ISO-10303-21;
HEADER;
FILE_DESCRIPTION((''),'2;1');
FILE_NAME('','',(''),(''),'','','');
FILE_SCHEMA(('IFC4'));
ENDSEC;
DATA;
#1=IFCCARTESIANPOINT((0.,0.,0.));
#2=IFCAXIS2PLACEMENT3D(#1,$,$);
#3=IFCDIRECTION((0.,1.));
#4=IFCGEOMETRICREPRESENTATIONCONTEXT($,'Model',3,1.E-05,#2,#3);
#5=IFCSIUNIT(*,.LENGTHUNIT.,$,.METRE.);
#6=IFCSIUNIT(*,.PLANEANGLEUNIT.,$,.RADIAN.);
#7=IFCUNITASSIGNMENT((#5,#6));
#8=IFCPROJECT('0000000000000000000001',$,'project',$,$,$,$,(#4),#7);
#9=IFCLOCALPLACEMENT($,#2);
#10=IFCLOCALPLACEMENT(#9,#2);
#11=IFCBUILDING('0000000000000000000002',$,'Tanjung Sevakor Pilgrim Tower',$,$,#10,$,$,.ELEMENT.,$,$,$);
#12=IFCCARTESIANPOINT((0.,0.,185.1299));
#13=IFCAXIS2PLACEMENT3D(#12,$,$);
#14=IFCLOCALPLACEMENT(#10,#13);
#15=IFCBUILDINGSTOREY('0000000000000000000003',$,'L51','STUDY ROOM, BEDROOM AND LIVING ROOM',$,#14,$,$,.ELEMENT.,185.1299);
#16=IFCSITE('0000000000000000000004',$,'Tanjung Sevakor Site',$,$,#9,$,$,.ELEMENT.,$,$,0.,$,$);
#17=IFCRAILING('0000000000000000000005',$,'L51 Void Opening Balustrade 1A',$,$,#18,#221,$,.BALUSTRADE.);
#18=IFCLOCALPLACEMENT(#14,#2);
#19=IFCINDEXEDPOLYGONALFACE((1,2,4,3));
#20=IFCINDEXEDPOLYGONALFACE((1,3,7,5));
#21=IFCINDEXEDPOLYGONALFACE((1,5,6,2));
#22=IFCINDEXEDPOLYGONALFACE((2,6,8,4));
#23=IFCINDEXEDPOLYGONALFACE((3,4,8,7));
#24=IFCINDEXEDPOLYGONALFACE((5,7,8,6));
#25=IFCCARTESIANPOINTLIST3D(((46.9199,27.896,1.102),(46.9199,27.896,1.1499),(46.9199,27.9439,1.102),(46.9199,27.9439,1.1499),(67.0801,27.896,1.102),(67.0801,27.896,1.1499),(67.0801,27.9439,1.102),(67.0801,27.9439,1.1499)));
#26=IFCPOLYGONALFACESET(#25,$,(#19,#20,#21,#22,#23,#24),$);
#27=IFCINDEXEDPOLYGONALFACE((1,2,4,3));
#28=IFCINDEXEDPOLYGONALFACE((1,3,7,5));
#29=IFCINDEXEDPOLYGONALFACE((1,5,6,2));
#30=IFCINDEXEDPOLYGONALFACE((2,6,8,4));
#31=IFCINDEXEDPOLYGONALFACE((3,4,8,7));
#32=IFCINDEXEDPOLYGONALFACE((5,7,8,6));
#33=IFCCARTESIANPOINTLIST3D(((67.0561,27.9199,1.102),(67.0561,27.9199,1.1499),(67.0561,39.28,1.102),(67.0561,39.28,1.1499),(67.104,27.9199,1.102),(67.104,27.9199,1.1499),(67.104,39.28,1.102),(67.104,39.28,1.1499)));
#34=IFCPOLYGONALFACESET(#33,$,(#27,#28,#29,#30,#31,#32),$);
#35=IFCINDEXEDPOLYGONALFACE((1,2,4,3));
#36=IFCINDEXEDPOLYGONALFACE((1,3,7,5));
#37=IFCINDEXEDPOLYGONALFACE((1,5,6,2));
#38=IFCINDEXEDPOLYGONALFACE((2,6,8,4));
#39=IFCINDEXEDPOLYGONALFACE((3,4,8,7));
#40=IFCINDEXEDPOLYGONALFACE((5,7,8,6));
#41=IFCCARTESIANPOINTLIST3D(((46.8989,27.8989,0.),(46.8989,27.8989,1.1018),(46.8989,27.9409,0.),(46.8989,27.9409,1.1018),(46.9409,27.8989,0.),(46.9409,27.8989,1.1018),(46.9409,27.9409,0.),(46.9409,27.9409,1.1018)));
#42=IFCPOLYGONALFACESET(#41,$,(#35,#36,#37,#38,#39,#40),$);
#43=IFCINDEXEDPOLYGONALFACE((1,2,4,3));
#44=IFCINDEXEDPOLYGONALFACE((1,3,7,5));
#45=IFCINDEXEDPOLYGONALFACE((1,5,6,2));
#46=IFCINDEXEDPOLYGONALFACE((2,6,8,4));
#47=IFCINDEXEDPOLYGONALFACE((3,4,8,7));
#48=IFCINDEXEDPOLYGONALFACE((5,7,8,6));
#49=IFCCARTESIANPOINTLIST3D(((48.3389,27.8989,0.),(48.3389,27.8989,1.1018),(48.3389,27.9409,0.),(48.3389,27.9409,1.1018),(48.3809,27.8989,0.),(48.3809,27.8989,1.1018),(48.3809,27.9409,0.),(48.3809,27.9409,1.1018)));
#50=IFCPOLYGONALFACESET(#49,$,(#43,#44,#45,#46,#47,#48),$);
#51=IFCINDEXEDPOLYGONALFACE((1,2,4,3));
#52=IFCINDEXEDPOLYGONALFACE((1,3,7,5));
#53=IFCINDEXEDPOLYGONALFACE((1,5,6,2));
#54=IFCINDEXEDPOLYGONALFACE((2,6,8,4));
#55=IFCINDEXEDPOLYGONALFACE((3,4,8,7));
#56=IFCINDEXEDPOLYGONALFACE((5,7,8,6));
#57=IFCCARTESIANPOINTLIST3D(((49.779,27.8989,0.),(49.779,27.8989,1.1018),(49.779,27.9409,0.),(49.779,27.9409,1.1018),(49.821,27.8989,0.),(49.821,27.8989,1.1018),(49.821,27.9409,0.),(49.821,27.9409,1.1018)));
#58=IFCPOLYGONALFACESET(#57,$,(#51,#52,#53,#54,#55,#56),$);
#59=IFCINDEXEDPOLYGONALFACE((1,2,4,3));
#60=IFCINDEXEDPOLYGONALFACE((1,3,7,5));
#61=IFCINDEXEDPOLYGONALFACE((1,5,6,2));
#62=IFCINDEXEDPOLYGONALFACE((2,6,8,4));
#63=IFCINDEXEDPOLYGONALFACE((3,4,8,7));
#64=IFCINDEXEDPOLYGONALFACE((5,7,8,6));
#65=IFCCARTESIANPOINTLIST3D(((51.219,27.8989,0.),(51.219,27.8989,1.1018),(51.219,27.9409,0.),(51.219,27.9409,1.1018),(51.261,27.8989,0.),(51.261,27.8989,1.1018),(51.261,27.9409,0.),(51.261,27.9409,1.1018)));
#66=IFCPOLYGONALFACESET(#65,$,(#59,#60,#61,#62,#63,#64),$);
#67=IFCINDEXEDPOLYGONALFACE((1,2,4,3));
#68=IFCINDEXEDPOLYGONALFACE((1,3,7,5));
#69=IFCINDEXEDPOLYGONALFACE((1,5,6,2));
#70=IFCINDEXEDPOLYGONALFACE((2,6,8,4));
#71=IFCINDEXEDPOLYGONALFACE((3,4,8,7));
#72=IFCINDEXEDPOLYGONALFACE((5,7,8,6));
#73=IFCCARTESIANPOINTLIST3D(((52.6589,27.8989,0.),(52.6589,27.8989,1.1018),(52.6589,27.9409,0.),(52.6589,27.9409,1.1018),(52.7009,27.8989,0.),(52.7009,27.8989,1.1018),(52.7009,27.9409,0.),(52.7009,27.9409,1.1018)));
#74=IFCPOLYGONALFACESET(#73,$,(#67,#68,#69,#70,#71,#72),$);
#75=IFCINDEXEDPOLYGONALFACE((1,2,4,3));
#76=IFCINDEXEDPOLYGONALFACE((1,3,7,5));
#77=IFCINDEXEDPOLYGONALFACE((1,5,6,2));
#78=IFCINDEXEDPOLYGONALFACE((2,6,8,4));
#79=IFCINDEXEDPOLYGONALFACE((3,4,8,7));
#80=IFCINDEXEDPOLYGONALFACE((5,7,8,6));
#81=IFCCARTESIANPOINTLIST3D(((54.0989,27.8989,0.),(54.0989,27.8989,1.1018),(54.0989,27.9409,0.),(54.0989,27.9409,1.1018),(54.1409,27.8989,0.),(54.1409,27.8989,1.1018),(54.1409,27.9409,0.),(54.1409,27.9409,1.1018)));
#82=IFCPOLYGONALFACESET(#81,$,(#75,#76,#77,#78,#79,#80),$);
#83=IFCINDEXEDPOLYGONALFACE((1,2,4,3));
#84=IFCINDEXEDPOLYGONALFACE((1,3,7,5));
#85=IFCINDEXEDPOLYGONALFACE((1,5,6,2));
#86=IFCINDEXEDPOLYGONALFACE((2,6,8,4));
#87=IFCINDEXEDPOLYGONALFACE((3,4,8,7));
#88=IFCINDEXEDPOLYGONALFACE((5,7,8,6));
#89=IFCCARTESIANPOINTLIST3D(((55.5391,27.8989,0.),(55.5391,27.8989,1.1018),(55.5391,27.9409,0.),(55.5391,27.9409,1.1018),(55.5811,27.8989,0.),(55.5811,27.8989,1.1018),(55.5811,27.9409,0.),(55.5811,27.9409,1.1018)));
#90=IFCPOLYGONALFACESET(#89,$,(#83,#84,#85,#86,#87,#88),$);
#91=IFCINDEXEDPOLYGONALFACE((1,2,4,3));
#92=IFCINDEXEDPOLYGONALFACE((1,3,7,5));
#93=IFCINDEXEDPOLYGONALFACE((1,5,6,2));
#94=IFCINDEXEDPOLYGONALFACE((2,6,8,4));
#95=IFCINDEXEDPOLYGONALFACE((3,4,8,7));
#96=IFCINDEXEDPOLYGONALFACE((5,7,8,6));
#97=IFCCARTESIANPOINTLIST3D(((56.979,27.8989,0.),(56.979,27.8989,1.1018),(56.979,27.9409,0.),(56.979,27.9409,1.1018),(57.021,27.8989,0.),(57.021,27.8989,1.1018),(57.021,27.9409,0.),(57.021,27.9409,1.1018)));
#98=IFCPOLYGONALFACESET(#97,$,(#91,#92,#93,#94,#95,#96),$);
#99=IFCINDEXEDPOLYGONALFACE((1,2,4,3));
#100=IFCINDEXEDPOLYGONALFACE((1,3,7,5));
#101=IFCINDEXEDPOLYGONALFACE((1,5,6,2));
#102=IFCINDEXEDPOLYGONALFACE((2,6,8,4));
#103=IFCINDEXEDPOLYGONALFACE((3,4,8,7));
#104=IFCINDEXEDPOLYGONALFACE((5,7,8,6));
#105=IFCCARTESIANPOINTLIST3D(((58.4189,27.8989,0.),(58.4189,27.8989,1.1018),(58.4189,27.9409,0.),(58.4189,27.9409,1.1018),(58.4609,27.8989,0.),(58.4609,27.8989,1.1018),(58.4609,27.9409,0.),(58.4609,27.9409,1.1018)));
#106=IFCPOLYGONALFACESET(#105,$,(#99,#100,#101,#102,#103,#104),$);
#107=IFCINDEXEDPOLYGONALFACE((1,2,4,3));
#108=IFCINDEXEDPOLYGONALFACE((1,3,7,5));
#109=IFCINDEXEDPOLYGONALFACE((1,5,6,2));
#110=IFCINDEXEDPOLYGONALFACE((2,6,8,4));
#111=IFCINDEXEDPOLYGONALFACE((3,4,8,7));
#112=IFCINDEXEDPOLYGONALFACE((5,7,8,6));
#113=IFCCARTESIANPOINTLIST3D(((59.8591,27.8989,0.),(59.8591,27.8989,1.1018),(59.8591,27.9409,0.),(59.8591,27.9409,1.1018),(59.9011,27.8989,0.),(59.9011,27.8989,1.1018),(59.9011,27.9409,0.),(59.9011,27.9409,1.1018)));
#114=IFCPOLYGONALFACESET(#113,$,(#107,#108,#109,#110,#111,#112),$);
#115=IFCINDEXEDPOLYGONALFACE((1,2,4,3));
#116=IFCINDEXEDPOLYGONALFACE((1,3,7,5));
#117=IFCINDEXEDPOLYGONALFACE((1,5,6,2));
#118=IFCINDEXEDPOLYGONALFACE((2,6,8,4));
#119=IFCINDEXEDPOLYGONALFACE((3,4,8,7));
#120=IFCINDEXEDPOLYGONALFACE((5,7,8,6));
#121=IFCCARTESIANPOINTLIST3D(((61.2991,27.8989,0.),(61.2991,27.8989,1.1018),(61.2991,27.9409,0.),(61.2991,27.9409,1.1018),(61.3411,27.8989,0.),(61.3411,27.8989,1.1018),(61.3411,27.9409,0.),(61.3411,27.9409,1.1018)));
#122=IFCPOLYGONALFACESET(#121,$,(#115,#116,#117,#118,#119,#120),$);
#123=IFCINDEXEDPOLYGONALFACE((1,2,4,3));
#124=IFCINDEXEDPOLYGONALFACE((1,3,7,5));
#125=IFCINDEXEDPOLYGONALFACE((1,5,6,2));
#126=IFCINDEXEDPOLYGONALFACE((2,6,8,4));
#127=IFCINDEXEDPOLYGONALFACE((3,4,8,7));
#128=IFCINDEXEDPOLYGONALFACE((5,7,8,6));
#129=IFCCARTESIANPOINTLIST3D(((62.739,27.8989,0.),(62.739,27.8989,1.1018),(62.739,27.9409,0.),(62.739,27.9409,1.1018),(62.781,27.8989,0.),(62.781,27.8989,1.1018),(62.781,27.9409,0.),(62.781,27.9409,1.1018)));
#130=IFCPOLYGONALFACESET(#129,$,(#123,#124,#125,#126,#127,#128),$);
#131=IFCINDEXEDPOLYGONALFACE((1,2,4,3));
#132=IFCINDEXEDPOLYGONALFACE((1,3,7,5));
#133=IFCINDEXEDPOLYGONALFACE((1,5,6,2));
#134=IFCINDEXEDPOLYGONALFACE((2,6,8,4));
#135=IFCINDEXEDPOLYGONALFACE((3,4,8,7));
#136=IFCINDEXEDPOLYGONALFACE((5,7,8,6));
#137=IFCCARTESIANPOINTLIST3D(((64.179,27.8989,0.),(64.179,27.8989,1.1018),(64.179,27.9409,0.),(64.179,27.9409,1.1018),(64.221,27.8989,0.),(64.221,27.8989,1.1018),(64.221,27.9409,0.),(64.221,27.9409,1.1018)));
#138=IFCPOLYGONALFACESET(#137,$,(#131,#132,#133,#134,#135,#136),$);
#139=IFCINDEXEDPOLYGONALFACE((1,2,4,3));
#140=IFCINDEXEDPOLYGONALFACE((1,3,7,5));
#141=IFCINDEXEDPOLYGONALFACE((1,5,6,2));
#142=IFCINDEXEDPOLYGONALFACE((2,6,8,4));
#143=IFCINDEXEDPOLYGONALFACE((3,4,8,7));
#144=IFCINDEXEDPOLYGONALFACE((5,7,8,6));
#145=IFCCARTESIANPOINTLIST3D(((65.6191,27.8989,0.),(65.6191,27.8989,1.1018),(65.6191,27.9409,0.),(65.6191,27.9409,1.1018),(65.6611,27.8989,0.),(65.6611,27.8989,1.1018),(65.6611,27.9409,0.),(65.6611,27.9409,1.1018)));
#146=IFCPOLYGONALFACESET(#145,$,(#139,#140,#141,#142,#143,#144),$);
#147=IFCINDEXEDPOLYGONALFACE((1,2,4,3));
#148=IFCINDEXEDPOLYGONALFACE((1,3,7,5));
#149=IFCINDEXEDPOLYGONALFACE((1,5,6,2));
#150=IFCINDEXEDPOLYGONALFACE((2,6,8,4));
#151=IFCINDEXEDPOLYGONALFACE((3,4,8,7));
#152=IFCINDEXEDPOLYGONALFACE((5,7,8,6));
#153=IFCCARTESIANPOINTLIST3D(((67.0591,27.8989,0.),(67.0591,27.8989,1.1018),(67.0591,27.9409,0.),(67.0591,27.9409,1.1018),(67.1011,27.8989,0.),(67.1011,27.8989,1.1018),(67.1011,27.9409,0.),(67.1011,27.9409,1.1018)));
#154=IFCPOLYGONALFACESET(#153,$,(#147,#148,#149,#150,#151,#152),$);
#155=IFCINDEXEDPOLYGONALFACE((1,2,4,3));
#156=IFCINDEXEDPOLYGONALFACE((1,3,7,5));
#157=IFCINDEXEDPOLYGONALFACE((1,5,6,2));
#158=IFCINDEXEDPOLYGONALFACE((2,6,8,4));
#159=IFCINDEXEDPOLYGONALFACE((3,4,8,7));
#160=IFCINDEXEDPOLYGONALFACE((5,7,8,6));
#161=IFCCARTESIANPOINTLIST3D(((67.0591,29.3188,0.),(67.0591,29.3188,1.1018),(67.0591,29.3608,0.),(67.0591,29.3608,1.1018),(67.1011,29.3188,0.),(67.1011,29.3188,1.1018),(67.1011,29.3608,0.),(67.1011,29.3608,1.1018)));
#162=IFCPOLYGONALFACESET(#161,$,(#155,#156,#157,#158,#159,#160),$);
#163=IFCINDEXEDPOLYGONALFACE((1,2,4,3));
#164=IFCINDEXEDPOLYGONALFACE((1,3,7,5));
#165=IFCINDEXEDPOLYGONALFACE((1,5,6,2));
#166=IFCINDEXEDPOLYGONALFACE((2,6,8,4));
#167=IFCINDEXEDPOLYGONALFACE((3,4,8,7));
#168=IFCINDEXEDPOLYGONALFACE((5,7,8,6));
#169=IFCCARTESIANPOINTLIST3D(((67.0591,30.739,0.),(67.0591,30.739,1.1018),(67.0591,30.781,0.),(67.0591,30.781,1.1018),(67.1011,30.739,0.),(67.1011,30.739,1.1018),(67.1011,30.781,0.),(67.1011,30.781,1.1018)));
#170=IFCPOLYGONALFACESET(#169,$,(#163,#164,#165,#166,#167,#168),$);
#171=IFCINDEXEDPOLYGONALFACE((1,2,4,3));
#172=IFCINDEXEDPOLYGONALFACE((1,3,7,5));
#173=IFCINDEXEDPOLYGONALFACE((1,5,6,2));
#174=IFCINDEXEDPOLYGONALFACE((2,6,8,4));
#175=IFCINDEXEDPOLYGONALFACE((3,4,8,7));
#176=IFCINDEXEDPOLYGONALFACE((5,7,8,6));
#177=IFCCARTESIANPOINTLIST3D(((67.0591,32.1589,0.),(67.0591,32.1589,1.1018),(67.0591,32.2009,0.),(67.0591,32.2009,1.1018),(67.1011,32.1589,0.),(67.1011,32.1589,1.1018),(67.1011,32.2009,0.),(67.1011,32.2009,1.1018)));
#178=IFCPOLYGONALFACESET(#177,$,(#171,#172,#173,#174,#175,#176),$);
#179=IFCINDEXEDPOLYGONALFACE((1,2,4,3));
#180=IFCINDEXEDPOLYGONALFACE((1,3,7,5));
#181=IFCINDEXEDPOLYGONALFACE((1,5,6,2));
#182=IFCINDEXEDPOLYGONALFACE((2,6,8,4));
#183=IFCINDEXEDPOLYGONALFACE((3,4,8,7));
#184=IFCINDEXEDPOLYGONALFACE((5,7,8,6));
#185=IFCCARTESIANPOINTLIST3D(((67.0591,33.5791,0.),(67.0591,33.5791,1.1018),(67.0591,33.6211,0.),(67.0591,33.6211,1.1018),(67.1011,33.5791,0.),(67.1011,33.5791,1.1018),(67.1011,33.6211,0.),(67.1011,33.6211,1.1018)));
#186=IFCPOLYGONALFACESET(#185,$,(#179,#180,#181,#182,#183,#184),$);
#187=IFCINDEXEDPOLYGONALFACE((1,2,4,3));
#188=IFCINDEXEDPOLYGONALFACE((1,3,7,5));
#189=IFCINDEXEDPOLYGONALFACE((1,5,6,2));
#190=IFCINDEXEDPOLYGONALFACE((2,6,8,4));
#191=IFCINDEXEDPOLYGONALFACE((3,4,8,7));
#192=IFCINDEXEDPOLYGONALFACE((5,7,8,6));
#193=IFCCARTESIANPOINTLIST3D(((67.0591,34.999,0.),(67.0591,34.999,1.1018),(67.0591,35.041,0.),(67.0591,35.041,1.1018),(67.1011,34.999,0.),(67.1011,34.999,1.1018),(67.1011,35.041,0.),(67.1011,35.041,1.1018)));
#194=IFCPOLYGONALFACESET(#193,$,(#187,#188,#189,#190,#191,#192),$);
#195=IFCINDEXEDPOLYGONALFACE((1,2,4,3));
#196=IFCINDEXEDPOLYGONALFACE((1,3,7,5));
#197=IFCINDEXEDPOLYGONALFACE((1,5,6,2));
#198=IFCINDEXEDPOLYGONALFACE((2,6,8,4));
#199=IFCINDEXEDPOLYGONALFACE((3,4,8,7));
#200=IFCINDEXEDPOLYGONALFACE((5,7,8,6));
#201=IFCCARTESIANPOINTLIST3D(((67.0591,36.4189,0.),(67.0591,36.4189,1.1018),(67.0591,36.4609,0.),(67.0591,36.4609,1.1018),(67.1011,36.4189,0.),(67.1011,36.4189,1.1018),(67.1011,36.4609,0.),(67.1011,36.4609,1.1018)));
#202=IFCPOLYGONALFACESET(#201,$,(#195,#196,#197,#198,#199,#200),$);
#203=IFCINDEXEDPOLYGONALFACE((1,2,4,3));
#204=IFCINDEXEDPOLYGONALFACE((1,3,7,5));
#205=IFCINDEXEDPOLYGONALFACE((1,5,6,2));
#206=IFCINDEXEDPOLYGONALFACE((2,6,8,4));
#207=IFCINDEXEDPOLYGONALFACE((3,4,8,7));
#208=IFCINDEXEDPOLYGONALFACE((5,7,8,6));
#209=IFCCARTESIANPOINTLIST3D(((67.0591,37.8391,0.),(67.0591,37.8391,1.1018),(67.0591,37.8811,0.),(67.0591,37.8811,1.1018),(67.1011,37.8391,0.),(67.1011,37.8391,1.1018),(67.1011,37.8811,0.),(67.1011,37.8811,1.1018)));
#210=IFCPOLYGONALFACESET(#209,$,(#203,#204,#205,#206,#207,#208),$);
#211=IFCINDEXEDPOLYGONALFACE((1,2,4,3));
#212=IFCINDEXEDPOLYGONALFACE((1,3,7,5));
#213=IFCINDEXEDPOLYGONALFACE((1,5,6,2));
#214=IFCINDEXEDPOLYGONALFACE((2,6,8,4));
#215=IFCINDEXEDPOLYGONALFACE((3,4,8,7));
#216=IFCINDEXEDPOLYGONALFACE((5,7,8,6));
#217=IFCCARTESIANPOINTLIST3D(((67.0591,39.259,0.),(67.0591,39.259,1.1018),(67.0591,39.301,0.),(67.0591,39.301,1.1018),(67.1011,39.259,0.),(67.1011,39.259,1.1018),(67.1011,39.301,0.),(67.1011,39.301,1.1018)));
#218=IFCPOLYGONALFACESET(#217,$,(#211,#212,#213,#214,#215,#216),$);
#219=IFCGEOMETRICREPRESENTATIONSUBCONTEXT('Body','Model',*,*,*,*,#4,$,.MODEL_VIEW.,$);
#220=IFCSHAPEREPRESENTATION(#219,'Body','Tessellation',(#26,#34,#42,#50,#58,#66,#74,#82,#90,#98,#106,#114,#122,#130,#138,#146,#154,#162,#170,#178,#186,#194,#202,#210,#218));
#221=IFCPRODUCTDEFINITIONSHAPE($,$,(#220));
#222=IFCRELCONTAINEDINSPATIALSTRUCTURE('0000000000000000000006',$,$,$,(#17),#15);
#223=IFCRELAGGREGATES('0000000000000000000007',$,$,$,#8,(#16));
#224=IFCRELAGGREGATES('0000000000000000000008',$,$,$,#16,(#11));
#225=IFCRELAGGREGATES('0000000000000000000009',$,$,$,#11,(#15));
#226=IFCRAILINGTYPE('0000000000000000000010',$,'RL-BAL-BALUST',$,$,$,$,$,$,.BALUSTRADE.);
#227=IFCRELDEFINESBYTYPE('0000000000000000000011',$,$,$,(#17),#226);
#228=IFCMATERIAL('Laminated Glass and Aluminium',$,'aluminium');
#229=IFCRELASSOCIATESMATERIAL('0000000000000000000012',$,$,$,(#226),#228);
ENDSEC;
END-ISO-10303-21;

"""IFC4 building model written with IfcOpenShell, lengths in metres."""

from ifc_helpers import new_model, si_unit, direction, frame, origin, place, context, subcontext, project, spatial, rectangle, extrude, material, type_object, element, save


model = new_model("IFC4")

# Units and contexts
model_context = context("Model", 3, precision=1e-05, world=origin(), true_north=direction((0.0, 1.0)))
body_context = subcontext(model_context, "Body", "Model", "MODEL_VIEW")
ifc_project = project(units=[si_unit("LENGTHUNIT", "METRE"), si_unit("PLANEANGLEUNIT", "RADIAN")], contexts=[model_context])

# Site, building, storey
site_placement = place(None, origin())
site = spatial("IfcSite", under=ifc_project, at=site_placement, Name="Tanjung Sevakor Site", CompositionType="ELEMENT", RefElevation=0.0)
building_placement = place(site_placement, origin())
building = spatial("IfcBuilding", under=site, at=building_placement, Name="Tanjung Sevakor Pilgrim Tower", CompositionType="ELEMENT")
storey_placement = place(building_placement, frame((0.0, 0.0, 185.1299)))
storey = spatial("IfcBuildingStorey", under=building, at=storey_placement, Name="L51", Description="STUDY ROOM, BEDROOM AND LIVING ROOM", CompositionType="ELEMENT", Elevation=185.1299)

# Railing
ifc_material_1 = material(Name="Laminated Glass and Aluminium", Category="aluminium")
railing_type = type_object("IfcRailingType", Name="RL-BAL-BALUST", PredefinedType="BALUSTRADE", material=ifc_material_1)
railing_placement = place(storey_placement, frame((46.9199, 27.9199, 0.0)))
element("IfcRailing", 1, at=railing_placement, inside=storey, type_object=railing_type, Name="L51 Void Opening Balustrade 1A", PredefinedType="BALUSTRADE", context=body_context, shape_type="SweptSolid", body=[
    extrude(rectangle(XDim=0.0479, YDim=0.0479), frame((0.0, 0.0, 1.126), z_axis=(1.0, 0.0, 0.0), x_axis=(0.0, 1.0, 0.0)), (0.0, 0.0, 1.0), 20.1602),
    extrude(rectangle(XDim=0.0479, YDim=0.0479), frame((20.1602, 0.0, 1.126), z_axis=(0.0, 1.0, 0.0), x_axis=(-1.0, 0.0, 0.0)), (0.0, 0.0, 1.0), 11.3601),
    extrude(rectangle(XDim=0.042, YDim=0.042), origin(), (0.0, 0.0, 1.0), 1.1018),
    extrude(rectangle(XDim=0.042, YDim=0.042), frame((1.4399, 0.0, 0.0)), (0.0, 0.0, 1.0), 1.1018),
    extrude(rectangle(XDim=0.042, YDim=0.042), frame((2.8801, 0.0, 0.0)), (0.0, 0.0, 1.0), 1.1018),
    extrude(rectangle(XDim=0.042, YDim=0.042), frame((4.3201, 0.0, 0.0)), (0.0, 0.0, 1.0), 1.1018),
    extrude(rectangle(XDim=0.042, YDim=0.042), frame((5.76, 0.0, 0.0)), (0.0, 0.0, 1.0), 1.1018),
    extrude(rectangle(XDim=0.042, YDim=0.042), frame((7.2, 0.0, 0.0)), (0.0, 0.0, 1.0), 1.1018),
    extrude(rectangle(XDim=0.042, YDim=0.042), frame((8.6401, 0.0, 0.0)), (0.0, 0.0, 1.0), 1.1018),
    extrude(rectangle(XDim=0.042, YDim=0.042), frame((10.0801, 0.0, 0.0)), (0.0, 0.0, 1.0), 1.1018),
    extrude(rectangle(XDim=0.042, YDim=0.042), frame((11.52, 0.0, 0.0)), (0.0, 0.0, 1.0), 1.1018),
    extrude(rectangle(XDim=0.042, YDim=0.042), frame((12.9602, 0.0, 0.0)), (0.0, 0.0, 1.0), 1.1018),
    extrude(rectangle(XDim=0.042, YDim=0.042), frame((14.4001, 0.0, 0.0)), (0.0, 0.0, 1.0), 1.1018),
    extrude(rectangle(XDim=0.042, YDim=0.042), frame((15.8401, 0.0, 0.0)), (0.0, 0.0, 1.0), 1.1018),
    extrude(rectangle(XDim=0.042, YDim=0.042), frame((17.28, 0.0, 0.0)), (0.0, 0.0, 1.0), 1.1018),
    extrude(rectangle(XDim=0.042, YDim=0.042), frame((18.7202, 0.0, 0.0)), (0.0, 0.0, 1.0), 1.1018),
    extrude(rectangle(XDim=0.042, YDim=0.042), frame((20.1602, 0.0, 0.0)), (0.0, 0.0, 1.0), 1.1018),
    extrude(rectangle(XDim=0.042, YDim=0.042), frame((20.1602, 1.4199, 0.0)), (0.0, 0.0, 1.0), 1.1018),
    extrude(rectangle(XDim=0.042, YDim=0.042), frame((20.1602, 2.8401, 0.0)), (0.0, 0.0, 1.0), 1.1018),
    extrude(rectangle(XDim=0.042, YDim=0.042), frame((20.1602, 4.26, 0.0)), (0.0, 0.0, 1.0), 1.1018),
    extrude(rectangle(XDim=0.042, YDim=0.042), frame((20.1602, 5.6802, 0.0)), (0.0, 0.0, 1.0), 1.1018),
    extrude(rectangle(XDim=0.042, YDim=0.042), frame((20.1602, 7.1001, 0.0)), (0.0, 0.0, 1.0), 1.1018),
    extrude(rectangle(XDim=0.042, YDim=0.042), frame((20.1602, 8.52, 0.0)), (0.0, 0.0, 1.0), 1.1018),
    extrude(rectangle(XDim=0.042, YDim=0.042), frame((20.1602, 9.9402, 0.0)), (0.0, 0.0, 1.0), 1.1018),
    extrude(rectangle(XDim=0.042, YDim=0.042), frame((20.1602, 11.3601, 0.0)), (0.0, 0.0, 1.0), 1.1018),
])

save(model, "model.ifc")
